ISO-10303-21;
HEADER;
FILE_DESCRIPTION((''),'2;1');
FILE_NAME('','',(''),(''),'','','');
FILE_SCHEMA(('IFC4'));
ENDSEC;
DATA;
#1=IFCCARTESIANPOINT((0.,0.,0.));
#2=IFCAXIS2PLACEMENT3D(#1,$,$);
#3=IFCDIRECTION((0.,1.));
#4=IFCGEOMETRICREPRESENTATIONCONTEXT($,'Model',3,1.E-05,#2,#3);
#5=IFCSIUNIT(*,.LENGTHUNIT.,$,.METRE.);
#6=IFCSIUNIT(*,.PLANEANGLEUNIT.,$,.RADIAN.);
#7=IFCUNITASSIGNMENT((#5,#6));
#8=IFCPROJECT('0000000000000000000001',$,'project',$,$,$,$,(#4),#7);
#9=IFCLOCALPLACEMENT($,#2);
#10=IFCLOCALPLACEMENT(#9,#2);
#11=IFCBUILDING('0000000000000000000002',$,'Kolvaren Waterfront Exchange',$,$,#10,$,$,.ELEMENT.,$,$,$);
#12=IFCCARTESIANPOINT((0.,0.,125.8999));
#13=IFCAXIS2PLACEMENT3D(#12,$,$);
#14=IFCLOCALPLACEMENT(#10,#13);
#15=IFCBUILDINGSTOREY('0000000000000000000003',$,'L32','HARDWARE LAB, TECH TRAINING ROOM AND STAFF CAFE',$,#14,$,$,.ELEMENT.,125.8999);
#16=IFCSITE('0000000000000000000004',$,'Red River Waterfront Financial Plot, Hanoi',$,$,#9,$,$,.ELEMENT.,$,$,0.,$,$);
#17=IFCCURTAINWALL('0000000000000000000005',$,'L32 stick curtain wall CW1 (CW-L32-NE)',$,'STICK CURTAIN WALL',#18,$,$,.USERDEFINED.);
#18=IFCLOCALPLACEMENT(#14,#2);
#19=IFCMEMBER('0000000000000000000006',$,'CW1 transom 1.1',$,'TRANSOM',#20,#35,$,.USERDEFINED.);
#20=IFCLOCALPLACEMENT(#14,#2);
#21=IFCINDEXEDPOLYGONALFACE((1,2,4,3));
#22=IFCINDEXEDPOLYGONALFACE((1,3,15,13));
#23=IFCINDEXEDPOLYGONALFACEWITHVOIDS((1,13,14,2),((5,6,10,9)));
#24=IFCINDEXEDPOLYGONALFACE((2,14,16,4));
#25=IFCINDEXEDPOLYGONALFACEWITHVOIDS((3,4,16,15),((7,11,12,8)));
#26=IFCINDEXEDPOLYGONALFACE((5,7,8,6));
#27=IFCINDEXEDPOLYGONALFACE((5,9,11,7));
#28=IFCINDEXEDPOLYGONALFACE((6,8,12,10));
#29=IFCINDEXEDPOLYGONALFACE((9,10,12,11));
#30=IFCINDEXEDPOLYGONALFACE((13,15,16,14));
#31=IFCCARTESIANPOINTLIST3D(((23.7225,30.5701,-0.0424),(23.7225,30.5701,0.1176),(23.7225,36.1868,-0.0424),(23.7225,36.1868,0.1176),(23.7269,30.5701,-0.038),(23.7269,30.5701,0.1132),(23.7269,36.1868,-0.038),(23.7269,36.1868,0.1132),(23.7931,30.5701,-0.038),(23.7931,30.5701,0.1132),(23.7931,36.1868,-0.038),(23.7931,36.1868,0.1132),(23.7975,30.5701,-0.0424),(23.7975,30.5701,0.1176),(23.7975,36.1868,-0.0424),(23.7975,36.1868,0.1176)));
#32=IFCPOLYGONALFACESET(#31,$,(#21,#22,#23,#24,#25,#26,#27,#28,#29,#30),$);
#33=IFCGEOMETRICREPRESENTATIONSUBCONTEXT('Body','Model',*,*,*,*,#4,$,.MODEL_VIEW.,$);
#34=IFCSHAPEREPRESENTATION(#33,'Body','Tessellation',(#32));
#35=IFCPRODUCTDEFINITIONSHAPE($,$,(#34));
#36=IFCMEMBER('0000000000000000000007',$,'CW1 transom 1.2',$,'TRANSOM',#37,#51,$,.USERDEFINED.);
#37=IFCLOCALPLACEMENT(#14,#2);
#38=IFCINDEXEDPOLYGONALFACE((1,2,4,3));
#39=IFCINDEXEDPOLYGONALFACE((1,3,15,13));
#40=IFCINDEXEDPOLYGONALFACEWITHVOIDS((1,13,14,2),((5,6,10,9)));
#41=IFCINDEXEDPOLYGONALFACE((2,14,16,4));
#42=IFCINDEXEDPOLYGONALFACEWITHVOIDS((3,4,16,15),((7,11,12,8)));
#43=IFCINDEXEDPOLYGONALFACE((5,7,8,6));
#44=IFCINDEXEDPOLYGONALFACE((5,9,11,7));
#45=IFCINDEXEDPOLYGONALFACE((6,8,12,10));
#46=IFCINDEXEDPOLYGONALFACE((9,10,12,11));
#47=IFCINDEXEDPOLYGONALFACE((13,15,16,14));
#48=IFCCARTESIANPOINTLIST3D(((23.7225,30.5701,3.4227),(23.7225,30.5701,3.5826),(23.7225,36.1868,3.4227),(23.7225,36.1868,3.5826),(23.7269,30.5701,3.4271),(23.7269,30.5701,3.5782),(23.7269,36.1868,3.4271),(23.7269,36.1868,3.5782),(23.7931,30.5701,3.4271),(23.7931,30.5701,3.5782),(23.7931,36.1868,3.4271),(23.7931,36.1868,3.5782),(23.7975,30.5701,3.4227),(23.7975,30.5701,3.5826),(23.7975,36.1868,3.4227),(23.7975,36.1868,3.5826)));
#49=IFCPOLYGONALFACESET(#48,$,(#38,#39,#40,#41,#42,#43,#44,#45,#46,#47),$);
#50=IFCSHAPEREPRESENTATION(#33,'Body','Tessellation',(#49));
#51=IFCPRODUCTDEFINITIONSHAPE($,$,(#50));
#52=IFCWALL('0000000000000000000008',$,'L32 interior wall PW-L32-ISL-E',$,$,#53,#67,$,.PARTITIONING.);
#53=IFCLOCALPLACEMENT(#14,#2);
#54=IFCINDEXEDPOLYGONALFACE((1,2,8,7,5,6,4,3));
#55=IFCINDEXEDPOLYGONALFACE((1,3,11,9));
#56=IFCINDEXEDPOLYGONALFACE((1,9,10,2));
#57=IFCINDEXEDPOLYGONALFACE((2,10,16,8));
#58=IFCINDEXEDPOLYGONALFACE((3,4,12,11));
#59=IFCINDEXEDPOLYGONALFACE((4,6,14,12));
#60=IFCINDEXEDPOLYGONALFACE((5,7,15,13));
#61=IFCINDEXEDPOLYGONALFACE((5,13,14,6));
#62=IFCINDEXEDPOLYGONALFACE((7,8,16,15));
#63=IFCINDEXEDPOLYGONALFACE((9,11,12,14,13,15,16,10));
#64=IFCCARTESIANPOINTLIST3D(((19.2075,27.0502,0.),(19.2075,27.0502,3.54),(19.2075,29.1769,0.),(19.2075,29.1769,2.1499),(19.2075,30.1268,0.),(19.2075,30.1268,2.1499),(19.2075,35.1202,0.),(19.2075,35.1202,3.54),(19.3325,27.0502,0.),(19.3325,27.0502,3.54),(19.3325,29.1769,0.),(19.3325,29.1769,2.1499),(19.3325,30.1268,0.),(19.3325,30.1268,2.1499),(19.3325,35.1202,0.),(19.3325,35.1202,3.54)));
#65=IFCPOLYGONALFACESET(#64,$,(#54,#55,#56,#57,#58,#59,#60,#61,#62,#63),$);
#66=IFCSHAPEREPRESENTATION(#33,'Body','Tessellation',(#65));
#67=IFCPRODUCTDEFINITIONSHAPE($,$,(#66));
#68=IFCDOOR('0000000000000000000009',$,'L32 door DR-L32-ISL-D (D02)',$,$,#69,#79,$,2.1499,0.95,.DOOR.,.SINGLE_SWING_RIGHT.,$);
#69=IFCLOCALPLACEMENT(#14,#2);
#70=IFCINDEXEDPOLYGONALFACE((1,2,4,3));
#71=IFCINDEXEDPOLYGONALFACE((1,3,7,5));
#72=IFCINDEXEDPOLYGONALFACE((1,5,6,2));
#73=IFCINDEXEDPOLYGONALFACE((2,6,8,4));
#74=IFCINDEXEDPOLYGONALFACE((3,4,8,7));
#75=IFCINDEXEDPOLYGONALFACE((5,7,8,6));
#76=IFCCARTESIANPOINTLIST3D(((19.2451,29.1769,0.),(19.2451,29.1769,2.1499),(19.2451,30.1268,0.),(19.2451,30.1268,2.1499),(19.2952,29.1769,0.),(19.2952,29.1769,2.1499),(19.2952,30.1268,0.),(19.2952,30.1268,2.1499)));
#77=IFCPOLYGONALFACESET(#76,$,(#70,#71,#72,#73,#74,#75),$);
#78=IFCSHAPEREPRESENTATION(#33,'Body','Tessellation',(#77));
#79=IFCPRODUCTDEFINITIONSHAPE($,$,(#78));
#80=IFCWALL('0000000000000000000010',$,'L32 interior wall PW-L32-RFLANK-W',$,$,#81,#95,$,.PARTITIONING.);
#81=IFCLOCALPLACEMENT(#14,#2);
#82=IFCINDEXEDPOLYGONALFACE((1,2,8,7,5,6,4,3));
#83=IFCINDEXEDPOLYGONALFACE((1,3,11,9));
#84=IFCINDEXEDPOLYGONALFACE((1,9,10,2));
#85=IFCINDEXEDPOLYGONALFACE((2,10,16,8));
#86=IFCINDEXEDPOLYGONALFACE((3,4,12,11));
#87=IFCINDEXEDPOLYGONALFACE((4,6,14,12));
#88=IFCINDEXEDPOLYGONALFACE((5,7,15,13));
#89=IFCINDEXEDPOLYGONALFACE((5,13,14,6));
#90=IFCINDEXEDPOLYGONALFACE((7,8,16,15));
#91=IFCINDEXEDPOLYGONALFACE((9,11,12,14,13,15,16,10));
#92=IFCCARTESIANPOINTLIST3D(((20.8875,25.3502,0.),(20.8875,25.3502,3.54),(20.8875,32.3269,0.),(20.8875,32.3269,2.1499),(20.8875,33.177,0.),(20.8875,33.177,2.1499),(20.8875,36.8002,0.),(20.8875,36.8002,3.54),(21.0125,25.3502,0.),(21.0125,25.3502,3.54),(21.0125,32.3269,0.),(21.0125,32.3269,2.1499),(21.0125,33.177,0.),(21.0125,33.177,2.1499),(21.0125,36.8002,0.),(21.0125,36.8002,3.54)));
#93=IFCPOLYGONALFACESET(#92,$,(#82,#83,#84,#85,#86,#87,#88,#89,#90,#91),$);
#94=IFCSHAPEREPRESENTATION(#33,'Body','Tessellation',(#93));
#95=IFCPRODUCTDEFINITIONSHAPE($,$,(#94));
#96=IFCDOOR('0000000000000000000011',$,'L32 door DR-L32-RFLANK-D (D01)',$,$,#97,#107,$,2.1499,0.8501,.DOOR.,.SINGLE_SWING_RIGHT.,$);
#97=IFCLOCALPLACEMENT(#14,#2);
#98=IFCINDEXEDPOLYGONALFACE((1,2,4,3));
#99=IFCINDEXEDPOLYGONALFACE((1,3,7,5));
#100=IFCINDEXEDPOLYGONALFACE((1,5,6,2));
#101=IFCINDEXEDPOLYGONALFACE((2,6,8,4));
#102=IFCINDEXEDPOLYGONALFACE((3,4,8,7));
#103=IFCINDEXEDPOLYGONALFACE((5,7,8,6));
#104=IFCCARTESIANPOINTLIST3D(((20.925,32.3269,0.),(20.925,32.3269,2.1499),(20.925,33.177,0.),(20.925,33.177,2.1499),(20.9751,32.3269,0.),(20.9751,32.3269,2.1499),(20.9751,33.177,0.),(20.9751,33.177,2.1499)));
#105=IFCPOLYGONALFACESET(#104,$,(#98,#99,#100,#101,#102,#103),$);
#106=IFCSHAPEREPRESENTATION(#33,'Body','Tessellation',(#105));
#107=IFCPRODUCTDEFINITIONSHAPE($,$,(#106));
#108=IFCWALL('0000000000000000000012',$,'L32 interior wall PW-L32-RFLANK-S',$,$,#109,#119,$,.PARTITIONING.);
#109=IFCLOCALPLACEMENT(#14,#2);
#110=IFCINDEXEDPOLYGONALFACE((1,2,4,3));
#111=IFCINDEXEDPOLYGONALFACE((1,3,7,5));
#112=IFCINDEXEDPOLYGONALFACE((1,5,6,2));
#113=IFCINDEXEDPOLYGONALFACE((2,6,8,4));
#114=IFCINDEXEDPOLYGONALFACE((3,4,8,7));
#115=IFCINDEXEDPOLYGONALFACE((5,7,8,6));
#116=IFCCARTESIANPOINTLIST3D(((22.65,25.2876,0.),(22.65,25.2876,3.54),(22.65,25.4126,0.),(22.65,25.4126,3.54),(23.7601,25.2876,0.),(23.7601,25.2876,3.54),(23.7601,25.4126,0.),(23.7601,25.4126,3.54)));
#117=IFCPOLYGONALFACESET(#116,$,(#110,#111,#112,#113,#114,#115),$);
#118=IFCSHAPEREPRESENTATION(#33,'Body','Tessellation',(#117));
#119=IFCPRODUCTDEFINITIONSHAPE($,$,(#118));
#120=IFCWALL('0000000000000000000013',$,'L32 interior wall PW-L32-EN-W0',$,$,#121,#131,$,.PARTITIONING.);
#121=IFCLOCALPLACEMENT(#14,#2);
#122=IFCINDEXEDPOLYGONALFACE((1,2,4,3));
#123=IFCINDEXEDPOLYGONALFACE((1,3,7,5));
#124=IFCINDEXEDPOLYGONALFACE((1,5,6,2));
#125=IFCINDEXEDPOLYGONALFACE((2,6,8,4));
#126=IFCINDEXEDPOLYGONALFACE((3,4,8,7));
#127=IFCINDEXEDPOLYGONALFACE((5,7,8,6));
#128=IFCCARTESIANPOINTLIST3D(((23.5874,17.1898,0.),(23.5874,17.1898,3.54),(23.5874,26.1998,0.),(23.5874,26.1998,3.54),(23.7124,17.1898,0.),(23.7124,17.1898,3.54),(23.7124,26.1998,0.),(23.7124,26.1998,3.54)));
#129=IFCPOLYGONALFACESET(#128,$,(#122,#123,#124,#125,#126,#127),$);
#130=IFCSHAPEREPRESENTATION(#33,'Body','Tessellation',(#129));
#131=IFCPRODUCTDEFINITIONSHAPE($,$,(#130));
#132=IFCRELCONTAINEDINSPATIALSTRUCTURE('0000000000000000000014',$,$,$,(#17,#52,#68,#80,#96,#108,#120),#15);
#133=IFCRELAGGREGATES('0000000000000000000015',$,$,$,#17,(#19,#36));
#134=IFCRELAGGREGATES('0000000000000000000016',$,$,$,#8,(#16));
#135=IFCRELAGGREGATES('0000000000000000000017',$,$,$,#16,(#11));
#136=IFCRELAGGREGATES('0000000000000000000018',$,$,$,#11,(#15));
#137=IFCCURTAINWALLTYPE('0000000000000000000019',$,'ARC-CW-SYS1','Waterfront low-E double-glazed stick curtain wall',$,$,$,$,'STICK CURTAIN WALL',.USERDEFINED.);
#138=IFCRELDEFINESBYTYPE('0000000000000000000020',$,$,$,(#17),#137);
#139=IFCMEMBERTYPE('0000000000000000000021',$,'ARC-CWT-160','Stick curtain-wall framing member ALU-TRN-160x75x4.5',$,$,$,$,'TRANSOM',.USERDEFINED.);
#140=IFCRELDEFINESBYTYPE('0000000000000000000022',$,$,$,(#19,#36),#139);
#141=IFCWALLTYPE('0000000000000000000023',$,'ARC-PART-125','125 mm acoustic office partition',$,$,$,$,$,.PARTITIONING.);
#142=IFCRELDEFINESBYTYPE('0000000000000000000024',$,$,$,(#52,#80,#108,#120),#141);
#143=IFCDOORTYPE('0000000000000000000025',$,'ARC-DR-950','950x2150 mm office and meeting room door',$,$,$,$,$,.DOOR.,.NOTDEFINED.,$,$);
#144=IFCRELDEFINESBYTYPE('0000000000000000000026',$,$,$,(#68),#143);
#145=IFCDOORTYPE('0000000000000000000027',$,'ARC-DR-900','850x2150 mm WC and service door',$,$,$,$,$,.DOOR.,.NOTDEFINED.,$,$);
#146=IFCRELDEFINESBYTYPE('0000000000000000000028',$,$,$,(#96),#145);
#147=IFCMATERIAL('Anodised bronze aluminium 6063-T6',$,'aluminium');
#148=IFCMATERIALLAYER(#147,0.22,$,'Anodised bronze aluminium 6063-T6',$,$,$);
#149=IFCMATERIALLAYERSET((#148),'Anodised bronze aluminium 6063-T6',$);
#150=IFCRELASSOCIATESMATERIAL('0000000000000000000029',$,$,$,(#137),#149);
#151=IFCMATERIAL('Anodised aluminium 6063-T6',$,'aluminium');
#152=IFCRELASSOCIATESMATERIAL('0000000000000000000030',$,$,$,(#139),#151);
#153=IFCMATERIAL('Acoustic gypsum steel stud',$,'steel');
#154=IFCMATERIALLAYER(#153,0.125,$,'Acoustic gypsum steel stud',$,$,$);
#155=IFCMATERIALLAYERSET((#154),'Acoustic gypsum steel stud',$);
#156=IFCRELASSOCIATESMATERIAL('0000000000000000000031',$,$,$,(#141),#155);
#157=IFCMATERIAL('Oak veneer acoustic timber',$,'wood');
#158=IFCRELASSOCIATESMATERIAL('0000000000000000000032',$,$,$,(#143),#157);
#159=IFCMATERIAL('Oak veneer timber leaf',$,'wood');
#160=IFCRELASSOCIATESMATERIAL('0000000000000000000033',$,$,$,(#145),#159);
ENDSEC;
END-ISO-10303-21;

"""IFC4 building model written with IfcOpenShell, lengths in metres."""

from ifc_helpers import new_model, si_unit, direction, frame, frame_2d, origin, origin_with_axes, origin_2d, place, context, subcontext, project, spatial, rectangle, hollow_rectangle, extrude, source, transform, mapped, material, layer, layer_set, material_profile, profile_set, type_object, element, fill, aggregate, save


model = new_model("IFC4")

# Units and contexts
model_context = context("Model", 3, precision=1e-05, world=origin(), true_north=direction((0.0, 1.0)))
body_context = subcontext(model_context, "Body", "Model", "MODEL_VIEW")
ifc_project = project(units=[si_unit("LENGTHUNIT", "METRE"), si_unit("PLANEANGLEUNIT", "RADIAN")], contexts=[model_context])

# Site, building, storey
site_placement = place(None, origin())
site = spatial("IfcSite", under=ifc_project, at=site_placement, Name="Red River Waterfront Financial Plot, Hanoi", CompositionType="ELEMENT", RefElevation=0.0)
building_placement = place(site_placement, origin())
building = spatial("IfcBuilding", under=site, at=building_placement, Name="Kolvaren Waterfront Exchange", CompositionType="ELEMENT")
storey_placement = place(building_placement, frame((0.0, 0.0, 125.8999)))
storey = spatial("IfcBuildingStorey", under=building, at=storey_placement, Name="L32", Description="HARDWARE LAB, TECH TRAINING ROOM AND STAFF CAFE", CompositionType="ELEMENT", Elevation=125.8999)

# Curtain wall, members
ifc_material_1 = material(Name="Anodised bronze aluminium 6063-T6", Category="aluminium")
ifc_layer_1 = layer(ifc_material_1, 0.22, Name="Anodised bronze aluminium 6063-T6")
ifc_layer_set_1 = layer_set([ifc_layer_1], Name="Anodised bronze aluminium 6063-T6")
curtain_wall_type = type_object("IfcCurtainWallType", Name="ARC-CW-SYS1", Description="Waterfront low-E double-glazed stick curtain wall", ElementType="STICK CURTAIN WALL", PredefinedType="USERDEFINED", material=ifc_layer_set_1)
curtain_wall_placement = place(storey_placement, origin())
curtain_wall = element("IfcCurtainWall", 1, at=curtain_wall_placement, inside=storey, type_object=curtain_wall_type, Name="L32 stick curtain wall CW1 (CW-L32-NE)", ObjectType="STICK CURTAIN WALL", PredefinedType="USERDEFINED")
ifc_material_2 = material(Name="Anodised aluminium 6063-T6", Category="aluminium")
ifc_material_profile_1 = material_profile(ifc_material_2, hollow_rectangle(XDim=0.075, YDim=0.1599, WallThickness=0.0044, at=origin_2d()), Name="ALU-TRN-160x75x4.5")
ifc_profile_set_1 = profile_set([ifc_material_profile_1], Name="Anodised aluminium 6063-T6")
member_type_1 = type_object("IfcMemberType", Name="ARC-CWT-160", Description="Stick curtain-wall framing member ALU-TRN-160x75x4.5", ElementType="TRANSOM", PredefinedType="USERDEFINED", material=ifc_profile_set_1)
shared_shape_1 = source(origin_with_axes(), body_context, "Body", "SweptSolid", [
    extrude(hollow_rectangle(XDim=0.075, YDim=0.1599, WallThickness=0.0044, at=origin_2d()), origin(), (0.0, 0.0, 1.0), 5.6167),
])
member_1_placement = place(storey_placement, frame((23.76, 30.5701, 0.0376), z_axis=(0.0, 1.0, 0.0), x_axis=(-1.0, 0.0, 0.0)))
member_1 = element("IfcMember", 2, at=member_1_placement, type_object=member_type_1, Name="CW1 transom 1.1", ObjectType="TRANSOM", PredefinedType="USERDEFINED", context=body_context, shape_type="MappedRepresentation", body=[
    mapped(shared_shape_1, transform((0.0, 0.0, 0.0), x_axis=(1.0, 0.0, 0.0), y_axis=(0.0, 1.0, 0.0), z_axis=(0.0, 0.0, 1.0), scale=1.0)),
])
member_2_placement = place(storey_placement, frame((23.76, 30.5701, 3.5027), z_axis=(0.0, 1.0, 0.0), x_axis=(-1.0, 0.0, 0.0)))
member_2 = element("IfcMember", 3, at=member_2_placement, type_object=member_type_1, Name="CW1 transom 1.2", ObjectType="TRANSOM", PredefinedType="USERDEFINED", context=body_context, shape_type="MappedRepresentation", body=[
    mapped(shared_shape_1, transform((0.0, 0.0, 0.0), x_axis=(1.0, 0.0, 0.0), y_axis=(0.0, 1.0, 0.0), z_axis=(0.0, 0.0, 1.0), scale=1.0)),
])
aggregate(curtain_wall, [member_1, member_2])

# Walls, openings, doors
ifc_material_3 = material(Name="Acoustic gypsum steel stud", Category="steel")
ifc_layer_2 = layer(ifc_material_3, 0.125, Name="Acoustic gypsum steel stud")
ifc_layer_set_2 = layer_set([ifc_layer_2], Name="Acoustic gypsum steel stud")
wall_type_1 = type_object("IfcWallType", Name="ARC-PART-125", Description="125 mm acoustic office partition", PredefinedType="PARTITIONING", material=ifc_layer_set_2)
wall_1_placement = place(storey_placement, frame((19.27, 27.05, 0.0), z_axis=(0.0, 0.0, 1.0), x_axis=(0.0, 1.0, 0.0)))
wall_1 = element("IfcWall", 4, at=wall_1_placement, inside=storey, type_object=wall_type_1, Name="L32 interior wall PW-L32-ISL-E", PredefinedType="PARTITIONING", context=body_context, shape_type="SweptSolid", body=[
    extrude(rectangle(XDim=8.0701, YDim=0.125, at=frame_2d((4.0352, 0.0))), origin(), (0.0, 0.0, 1.0), 3.54),
])
opening_1_placement = place(wall_1_placement, frame((2.1267, 0.0, 0.0)))
opening_1 = element("IfcOpeningElement", 5, at=opening_1_placement, cuts=wall_1, PredefinedType="OPENING", context=body_context, shape_type="SweptSolid", body=[
    extrude(rectangle(XDim=0.95, YDim=2.1499, at=frame_2d((0.4751, 1.075))), frame((0.0, 0.0725, 0.0), z_axis=(0.0, -1.0, 0.0), x_axis=(1.0, 0.0, 0.0)), (0.0, 0.0, 1.0), 0.145),
])
ifc_material_4 = material(Name="Oak veneer acoustic timber", Category="wood")
door_type_1 = type_object("IfcDoorType", Name="ARC-DR-950", Description="950x2150 mm office and meeting room door", OperationType="NOTDEFINED", PredefinedType="DOOR", material=ifc_material_4)
door_1_placement = place(opening_1_placement, origin())
door_1 = element("IfcDoor", 6, at=door_1_placement, inside=storey, type_object=door_type_1, Name="L32 door DR-L32-ISL-D (D02)", OperationType="SINGLE_SWING_RIGHT", OverallHeight=2.1499, OverallWidth=0.95, PredefinedType="DOOR", context=body_context, shape_type="SweptSolid", body=[
    extrude(rectangle(XDim=0.95, YDim=2.1499, at=frame_2d((0.4751, 1.075))), frame((0.0, 0.0249, 0.0), z_axis=(0.0, -1.0, 0.0), x_axis=(1.0, 0.0, 0.0)), (0.0, 0.0, 1.0), 0.05),
])
fill(opening_1, door_1)
wall_2_placement = place(storey_placement, frame((20.95, 25.3501, 0.0), z_axis=(0.0, 0.0, 1.0), x_axis=(0.0, 1.0, 0.0)))
wall_2 = element("IfcWall", 7, at=wall_2_placement, inside=storey, type_object=wall_type_1, Name="L32 interior wall PW-L32-RFLANK-W", PredefinedType="PARTITIONING", context=body_context, shape_type="SweptSolid", body=[
    extrude(rectangle(XDim=11.45, YDim=0.125, at=frame_2d((5.7251, 0.0))), origin(), (0.0, 0.0, 1.0), 3.54),
])
opening_2_placement = place(wall_2_placement, frame((6.9768, 0.0, 0.0)))
opening_2 = element("IfcOpeningElement", 8, at=opening_2_placement, cuts=wall_2, PredefinedType="OPENING", context=body_context, shape_type="SweptSolid", body=[
    extrude(rectangle(XDim=0.8501, YDim=2.1499, at=frame_2d((0.425, 1.075))), frame((0.0, 0.0725, 0.0), z_axis=(0.0, -1.0, 0.0), x_axis=(1.0, 0.0, 0.0)), (0.0, 0.0, 1.0), 0.145),
])
ifc_material_5 = material(Name="Oak veneer timber leaf", Category="wood")
door_type_2 = type_object("IfcDoorType", Name="ARC-DR-900", Description="850x2150 mm WC and service door", OperationType="NOTDEFINED", PredefinedType="DOOR", material=ifc_material_5)
door_2_placement = place(opening_2_placement, origin())
door_2 = element("IfcDoor", 9, at=door_2_placement, inside=storey, type_object=door_type_2, Name="L32 door DR-L32-RFLANK-D (D01)", OperationType="SINGLE_SWING_RIGHT", OverallHeight=2.1499, OverallWidth=0.8501, PredefinedType="DOOR", context=body_context, shape_type="SweptSolid", body=[
    extrude(rectangle(XDim=0.8501, YDim=2.1499, at=frame_2d((0.425, 1.075))), frame((0.0, 0.0249, 0.0), z_axis=(0.0, -1.0, 0.0), x_axis=(1.0, 0.0, 0.0)), (0.0, 0.0, 1.0), 0.05),
])
fill(opening_2, door_2)

# Walls
wall_3_placement = place(storey_placement, frame((22.6499, 25.3501, 0.0), z_axis=(0.0, 0.0, 1.0), x_axis=(1.0, 0.0, 0.0)))
element("IfcWall", 10, at=wall_3_placement, inside=storey, type_object=wall_type_1, Name="L32 interior wall PW-L32-RFLANK-S", PredefinedType="PARTITIONING", context=body_context, shape_type="SweptSolid", body=[
    extrude(rectangle(XDim=1.1101, YDim=0.125, at=frame_2d((0.5552, 0.0))), origin(), (0.0, 0.0, 1.0), 3.54),
])
wall_4_placement = place(storey_placement, frame((23.6499, 17.1899, 0.0), z_axis=(0.0, 0.0, 1.0), x_axis=(0.0, 1.0, 0.0)))
element("IfcWall", 11, at=wall_4_placement, inside=storey, type_object=wall_type_1, Name="L32 interior wall PW-L32-EN-W0", PredefinedType="PARTITIONING", context=body_context, shape_type="SweptSolid", body=[
    extrude(rectangle(XDim=9.01, YDim=0.125, at=frame_2d((4.5049, 0.0))), origin(), (0.0, 0.0, 1.0), 3.54),
])

save(model, "model.ifc")
